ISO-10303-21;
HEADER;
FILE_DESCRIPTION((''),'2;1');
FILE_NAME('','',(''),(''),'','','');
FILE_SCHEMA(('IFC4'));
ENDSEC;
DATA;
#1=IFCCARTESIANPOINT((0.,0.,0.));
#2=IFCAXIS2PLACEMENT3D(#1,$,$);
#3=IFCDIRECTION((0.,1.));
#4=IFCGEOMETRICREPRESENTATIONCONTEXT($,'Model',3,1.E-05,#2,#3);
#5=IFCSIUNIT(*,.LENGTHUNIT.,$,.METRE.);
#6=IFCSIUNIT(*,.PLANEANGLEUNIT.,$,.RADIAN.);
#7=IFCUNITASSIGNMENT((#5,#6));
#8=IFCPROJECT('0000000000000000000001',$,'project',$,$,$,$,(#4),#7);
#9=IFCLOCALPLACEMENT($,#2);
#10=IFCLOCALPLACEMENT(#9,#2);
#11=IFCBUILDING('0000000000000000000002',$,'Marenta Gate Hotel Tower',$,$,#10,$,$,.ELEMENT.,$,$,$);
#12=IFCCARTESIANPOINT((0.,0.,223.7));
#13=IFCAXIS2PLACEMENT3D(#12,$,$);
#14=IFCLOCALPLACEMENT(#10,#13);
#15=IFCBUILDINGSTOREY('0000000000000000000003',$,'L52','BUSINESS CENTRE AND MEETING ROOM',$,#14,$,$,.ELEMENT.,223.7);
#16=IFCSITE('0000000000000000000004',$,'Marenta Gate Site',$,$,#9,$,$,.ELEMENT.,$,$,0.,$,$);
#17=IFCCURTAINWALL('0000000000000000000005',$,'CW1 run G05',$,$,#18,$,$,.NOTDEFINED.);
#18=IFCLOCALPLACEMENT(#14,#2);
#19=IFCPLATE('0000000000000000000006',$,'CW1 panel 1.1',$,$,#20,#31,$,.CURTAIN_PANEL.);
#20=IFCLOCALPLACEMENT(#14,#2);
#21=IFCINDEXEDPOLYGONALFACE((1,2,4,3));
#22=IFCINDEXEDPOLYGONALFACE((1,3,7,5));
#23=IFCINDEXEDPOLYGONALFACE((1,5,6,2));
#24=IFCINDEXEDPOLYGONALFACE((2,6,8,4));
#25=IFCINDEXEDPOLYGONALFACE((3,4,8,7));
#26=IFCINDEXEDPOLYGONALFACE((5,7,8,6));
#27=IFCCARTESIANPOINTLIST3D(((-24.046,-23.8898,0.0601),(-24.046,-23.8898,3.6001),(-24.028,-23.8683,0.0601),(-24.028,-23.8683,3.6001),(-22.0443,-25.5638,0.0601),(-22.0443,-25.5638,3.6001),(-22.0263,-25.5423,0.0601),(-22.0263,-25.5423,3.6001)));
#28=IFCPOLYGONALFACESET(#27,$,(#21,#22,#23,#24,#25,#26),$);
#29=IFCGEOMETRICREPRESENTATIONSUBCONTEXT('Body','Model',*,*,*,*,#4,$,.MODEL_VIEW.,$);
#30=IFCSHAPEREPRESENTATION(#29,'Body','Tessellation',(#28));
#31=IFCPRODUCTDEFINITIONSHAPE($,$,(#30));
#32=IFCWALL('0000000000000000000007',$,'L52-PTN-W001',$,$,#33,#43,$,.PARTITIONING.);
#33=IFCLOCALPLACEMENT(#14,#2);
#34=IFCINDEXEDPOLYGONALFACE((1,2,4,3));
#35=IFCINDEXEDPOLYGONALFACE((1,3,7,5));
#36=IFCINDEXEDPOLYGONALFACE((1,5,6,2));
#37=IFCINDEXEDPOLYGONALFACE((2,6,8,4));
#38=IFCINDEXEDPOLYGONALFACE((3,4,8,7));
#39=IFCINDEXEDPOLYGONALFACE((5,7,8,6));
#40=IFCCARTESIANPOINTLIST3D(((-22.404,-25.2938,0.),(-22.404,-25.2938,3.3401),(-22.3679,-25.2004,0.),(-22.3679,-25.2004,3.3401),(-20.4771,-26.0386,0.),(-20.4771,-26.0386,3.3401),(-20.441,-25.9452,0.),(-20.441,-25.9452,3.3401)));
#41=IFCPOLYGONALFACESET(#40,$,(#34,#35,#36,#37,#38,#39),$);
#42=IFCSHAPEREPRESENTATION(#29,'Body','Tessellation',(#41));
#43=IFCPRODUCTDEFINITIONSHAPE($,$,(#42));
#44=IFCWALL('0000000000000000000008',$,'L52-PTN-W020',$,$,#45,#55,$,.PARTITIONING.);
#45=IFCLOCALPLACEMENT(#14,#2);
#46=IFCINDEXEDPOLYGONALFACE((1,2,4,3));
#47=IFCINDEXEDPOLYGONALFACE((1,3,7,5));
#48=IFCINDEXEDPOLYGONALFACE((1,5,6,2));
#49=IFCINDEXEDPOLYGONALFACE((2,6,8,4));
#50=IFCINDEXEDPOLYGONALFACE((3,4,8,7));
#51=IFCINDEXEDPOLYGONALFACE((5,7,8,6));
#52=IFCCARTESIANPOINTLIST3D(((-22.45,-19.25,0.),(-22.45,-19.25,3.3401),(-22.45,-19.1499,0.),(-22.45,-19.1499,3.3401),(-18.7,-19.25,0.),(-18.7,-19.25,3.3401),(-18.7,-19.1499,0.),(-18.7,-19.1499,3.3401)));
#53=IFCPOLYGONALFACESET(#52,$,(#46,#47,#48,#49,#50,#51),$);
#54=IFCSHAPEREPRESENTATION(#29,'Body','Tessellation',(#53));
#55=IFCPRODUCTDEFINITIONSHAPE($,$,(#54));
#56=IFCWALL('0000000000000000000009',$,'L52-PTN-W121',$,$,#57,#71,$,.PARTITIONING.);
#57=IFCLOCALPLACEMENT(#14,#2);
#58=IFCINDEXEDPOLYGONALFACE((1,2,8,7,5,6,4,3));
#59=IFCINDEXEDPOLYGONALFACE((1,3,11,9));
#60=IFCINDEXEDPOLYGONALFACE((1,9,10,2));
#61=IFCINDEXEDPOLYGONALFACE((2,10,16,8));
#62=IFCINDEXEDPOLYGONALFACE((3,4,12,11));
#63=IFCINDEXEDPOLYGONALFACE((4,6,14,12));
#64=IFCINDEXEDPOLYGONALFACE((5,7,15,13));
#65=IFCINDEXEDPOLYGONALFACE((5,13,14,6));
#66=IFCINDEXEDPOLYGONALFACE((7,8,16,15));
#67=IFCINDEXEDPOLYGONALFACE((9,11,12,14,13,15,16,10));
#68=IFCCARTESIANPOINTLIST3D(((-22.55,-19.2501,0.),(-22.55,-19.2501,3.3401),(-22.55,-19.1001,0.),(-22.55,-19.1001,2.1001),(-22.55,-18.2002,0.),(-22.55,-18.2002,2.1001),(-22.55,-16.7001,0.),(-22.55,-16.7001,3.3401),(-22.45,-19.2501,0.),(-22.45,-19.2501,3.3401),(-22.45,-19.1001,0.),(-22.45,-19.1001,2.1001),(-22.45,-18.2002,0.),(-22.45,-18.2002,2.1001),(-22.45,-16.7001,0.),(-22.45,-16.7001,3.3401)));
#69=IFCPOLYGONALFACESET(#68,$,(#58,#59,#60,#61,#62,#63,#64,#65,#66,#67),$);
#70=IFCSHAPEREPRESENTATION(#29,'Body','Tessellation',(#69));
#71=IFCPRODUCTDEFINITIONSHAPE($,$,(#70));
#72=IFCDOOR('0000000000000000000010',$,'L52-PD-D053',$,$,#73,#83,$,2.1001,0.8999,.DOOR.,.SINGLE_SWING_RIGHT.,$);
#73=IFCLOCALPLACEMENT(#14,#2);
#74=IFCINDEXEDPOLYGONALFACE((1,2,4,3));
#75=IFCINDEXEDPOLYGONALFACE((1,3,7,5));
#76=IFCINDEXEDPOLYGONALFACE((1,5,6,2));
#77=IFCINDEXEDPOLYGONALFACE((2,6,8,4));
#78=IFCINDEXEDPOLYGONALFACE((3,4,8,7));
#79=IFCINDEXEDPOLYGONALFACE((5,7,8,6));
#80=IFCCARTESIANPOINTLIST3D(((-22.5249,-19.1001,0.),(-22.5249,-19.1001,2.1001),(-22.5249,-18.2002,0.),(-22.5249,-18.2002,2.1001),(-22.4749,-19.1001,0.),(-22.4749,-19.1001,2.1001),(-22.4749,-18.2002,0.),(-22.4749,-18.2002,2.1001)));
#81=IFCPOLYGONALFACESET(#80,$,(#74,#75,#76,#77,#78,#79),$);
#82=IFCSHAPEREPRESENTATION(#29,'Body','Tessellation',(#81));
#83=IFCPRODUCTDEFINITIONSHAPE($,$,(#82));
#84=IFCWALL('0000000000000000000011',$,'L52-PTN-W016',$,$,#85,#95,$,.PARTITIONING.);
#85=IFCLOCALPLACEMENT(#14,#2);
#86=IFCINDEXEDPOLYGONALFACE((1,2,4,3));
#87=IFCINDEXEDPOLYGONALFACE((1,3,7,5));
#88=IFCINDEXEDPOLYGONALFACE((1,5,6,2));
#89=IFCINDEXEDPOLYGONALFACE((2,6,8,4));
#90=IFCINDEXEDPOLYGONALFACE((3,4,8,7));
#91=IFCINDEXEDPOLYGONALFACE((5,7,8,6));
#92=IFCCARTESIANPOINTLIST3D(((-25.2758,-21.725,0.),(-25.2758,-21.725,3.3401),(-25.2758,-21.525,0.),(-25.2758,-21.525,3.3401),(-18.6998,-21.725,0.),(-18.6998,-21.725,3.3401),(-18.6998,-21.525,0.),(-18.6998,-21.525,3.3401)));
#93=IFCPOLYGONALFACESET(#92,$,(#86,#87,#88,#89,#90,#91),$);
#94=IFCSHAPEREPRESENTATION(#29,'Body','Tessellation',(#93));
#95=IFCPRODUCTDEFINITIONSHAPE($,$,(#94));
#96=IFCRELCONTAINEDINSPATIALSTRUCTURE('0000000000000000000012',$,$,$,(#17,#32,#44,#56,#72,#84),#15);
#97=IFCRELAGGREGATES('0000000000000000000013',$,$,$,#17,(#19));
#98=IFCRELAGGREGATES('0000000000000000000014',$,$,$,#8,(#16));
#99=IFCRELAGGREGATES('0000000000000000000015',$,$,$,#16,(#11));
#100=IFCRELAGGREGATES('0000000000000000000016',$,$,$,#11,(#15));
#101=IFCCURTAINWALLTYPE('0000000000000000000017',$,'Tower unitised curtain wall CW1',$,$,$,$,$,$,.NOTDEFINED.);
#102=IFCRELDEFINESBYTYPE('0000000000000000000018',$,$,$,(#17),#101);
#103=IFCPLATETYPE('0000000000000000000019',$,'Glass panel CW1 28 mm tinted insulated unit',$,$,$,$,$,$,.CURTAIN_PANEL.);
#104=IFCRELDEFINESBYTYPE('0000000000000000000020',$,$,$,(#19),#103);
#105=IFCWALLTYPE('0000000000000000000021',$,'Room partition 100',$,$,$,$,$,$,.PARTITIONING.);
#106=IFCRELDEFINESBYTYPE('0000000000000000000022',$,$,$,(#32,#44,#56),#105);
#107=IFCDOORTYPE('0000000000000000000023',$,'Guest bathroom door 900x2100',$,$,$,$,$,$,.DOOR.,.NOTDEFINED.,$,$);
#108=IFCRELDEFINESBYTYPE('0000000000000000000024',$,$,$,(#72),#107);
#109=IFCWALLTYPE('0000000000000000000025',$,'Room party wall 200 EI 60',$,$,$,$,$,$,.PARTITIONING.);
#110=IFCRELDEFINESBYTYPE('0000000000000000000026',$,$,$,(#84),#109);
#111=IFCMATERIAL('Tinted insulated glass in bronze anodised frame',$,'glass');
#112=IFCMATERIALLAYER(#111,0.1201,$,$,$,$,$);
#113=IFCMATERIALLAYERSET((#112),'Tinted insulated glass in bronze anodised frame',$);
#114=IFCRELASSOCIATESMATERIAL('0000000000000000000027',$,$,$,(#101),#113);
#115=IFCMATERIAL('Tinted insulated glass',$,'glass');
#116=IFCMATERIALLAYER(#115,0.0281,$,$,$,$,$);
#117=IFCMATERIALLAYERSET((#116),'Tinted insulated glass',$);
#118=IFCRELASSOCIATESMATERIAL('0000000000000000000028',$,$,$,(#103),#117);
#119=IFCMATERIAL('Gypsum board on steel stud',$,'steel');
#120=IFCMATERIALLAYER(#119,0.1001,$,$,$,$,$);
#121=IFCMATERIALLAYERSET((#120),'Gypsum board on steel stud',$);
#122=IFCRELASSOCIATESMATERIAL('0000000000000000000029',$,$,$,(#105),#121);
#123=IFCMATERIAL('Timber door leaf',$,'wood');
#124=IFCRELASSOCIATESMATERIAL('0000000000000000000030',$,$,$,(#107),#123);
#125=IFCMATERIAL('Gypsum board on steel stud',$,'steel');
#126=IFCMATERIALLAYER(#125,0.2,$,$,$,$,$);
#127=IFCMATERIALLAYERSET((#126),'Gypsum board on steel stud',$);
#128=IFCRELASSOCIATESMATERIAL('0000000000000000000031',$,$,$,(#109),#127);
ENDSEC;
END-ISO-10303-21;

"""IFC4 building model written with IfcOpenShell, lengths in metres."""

from ifc_helpers import new_model, si_unit, direction, frame, frame_2d, origin, origin_2d, place, context, subcontext, project, spatial, rectangle, extrude, material, layer, layer_set, type_object, element, fill, aggregate, save


model = new_model("IFC4")

# Units and contexts
model_context = context("Model", 3, precision=1e-05, world=origin(), true_north=direction((0.0, 1.0)))
body_context = subcontext(model_context, "Body", "Model", "MODEL_VIEW")
ifc_project = project(units=[si_unit("LENGTHUNIT", "METRE"), si_unit("PLANEANGLEUNIT", "RADIAN")], contexts=[model_context])

# Site, building, storey
site_placement = place(None, origin())
site = spatial("IfcSite", under=ifc_project, at=site_placement, Name="Marenta Gate Site", CompositionType="ELEMENT", RefElevation=0.0)
building_placement = place(site_placement, origin())
building = spatial("IfcBuilding", under=site, at=building_placement, Name="Marenta Gate Hotel Tower", CompositionType="ELEMENT")
storey_placement = place(building_placement, frame((0.0, 0.0, 223.7)))
storey = spatial("IfcBuildingStorey", under=building, at=storey_placement, Name="L52", Description="BUSINESS CENTRE AND MEETING ROOM", CompositionType="ELEMENT", Elevation=223.7)

# Curtain wall
ifc_material_1 = material(Name="Tinted insulated glass in bronze anodised frame", Category="glass")
ifc_layer_1 = layer(ifc_material_1, 0.1201)
ifc_layer_set_1 = layer_set([ifc_layer_1], Name="Tinted insulated glass in bronze anodised frame")
curtain_wall_type = type_object("IfcCurtainWallType", Name="Tower unitised curtain wall CW1", PredefinedType="NOTDEFINED", material=ifc_layer_set_1)
curtain_wall_1_placement = place(storey_placement, origin())
curtain_wall_1 = element("IfcCurtainWall", 1, at=curtain_wall_1_placement, inside=storey, type_object=curtain_wall_type, Name="CW1 run G05", PredefinedType="NOTDEFINED")

# Plate
ifc_material_2 = material(Name="Tinted insulated glass", Category="glass")
ifc_layer_2 = layer(ifc_material_2, 0.0281)
ifc_layer_set_2 = layer_set([ifc_layer_2], Name="Tinted insulated glass")
plate_type = type_object("IfcPlateType", Name="Glass panel CW1 28 mm tinted insulated unit", PredefinedType="CURTAIN_PANEL", material=ifc_layer_set_2)
plate_1_placement = place(storey_placement, frame((-23.0361, -24.7161, 0.0601), z_axis=(0.0, 0.0, 1.0), x_axis=(0.767102, -0.641525, 0.0)))
plate_1 = element("IfcPlate", 2, at=plate_1_placement, type_object=plate_type, Name="CW1 panel 1.1", PredefinedType="CURTAIN_PANEL", context=body_context, shape_type="SweptSolid", body=[
    extrude(rectangle(XDim=2.6094, YDim=0.0281, at=origin_2d()), origin(), (0.0, 0.0, 1.0), 3.54),
])
aggregate(curtain_wall_1, [plate_1])

# Walls
ifc_material_3 = material(Name="Gypsum board on steel stud", Category="steel")
ifc_layer_3 = layer(ifc_material_3, 0.1001)
ifc_layer_set_3 = layer_set([ifc_layer_3], Name="Gypsum board on steel stud")
wall_type_1 = type_object("IfcWallType", Name="Room partition 100", PredefinedType="PARTITIONING", material=ifc_layer_set_3)
wall_1_placement = place(storey_placement, frame((-22.386, -25.2471, 0.0), z_axis=(0.0, 0.0, 1.0), x_axis=(0.932741, -0.360546, 0.0)))
element("IfcWall", 3, at=wall_1_placement, inside=storey, type_object=wall_type_1, Name="L52-PTN-W001", PredefinedType="PARTITIONING", context=body_context, shape_type="SweptSolid", body=[
    extrude(rectangle(XDim=2.0659, YDim=0.1001, at=frame_2d((1.033, 0.0))), origin(), (0.0, 0.0, 1.0), 3.3401),
])
wall_2_placement = place(storey_placement, frame((-22.45, -19.2, 0.0), z_axis=(0.0, 0.0, 1.0), x_axis=(1.0, 0.0, 0.0)))
element("IfcWall", 4, at=wall_2_placement, inside=storey, type_object=wall_type_1, Name="L52-PTN-W020", PredefinedType="PARTITIONING", context=body_context, shape_type="SweptSolid", body=[
    extrude(rectangle(XDim=3.75, YDim=0.1001, at=frame_2d((1.875, 0.0))), origin(), (0.0, 0.0, 1.0), 3.3401),
])

# Wall, opening, door
wall_3_placement = place(storey_placement, frame((-22.5, -19.25, 0.0), z_axis=(0.0, 0.0, 1.0), x_axis=(0.0, 1.0, 0.0)))
wall_3 = element("IfcWall", 5, at=wall_3_placement, inside=storey, type_object=wall_type_1, Name="L52-PTN-W121", PredefinedType="PARTITIONING", context=body_context, shape_type="SweptSolid", body=[
    extrude(rectangle(XDim=2.55, YDim=0.1001, at=frame_2d((1.2749, 0.0))), origin(), (0.0, 0.0, 1.0), 3.3401),
])
opening_placement = place(wall_3_placement, frame((0.1499, 0.0, 0.0)))
opening = element("IfcOpeningElement", 6, at=opening_placement, cuts=wall_3, PredefinedType="OPENING", context=body_context, shape_type="SweptSolid", body=[
    extrude(rectangle(XDim=0.8999, YDim=2.1001, at=frame_2d((0.45, 1.05))), frame((0.0, 0.05, 0.0), z_axis=(0.0, -1.0, 0.0), x_axis=(1.0, 0.0, 0.0)), (0.0, 0.0, 1.0), 0.1001),
])
ifc_material_4 = material(Name="Timber door leaf", Category="wood")
door_type = type_object("IfcDoorType", Name="Guest bathroom door 900x2100", OperationType="NOTDEFINED", PredefinedType="DOOR", material=ifc_material_4)
door_placement = place(opening_placement, origin())
door = element("IfcDoor", 7, at=door_placement, inside=storey, type_object=door_type, Name="L52-PD-D053", OperationType="SINGLE_SWING_RIGHT", OverallHeight=2.1001, OverallWidth=0.8999, PredefinedType="DOOR", context=body_context, shape_type="SweptSolid", body=[
    extrude(rectangle(XDim=0.8999, YDim=2.1001, at=frame_2d((0.45, 1.05))), frame((0.0, 0.0249, 0.0), z_axis=(0.0, -1.0, 0.0), x_axis=(1.0, 0.0, 0.0)), (0.0, 0.0, 1.0), 0.05),
])
fill(opening, door)

# Wall
ifc_material_5 = material(Name="Gypsum board on steel stud", Category="steel")
ifc_layer_4 = layer(ifc_material_5, 0.2)
ifc_layer_set_4 = layer_set([ifc_layer_4], Name="Gypsum board on steel stud")
wall_type_2 = type_object("IfcWallType", Name="Room party wall 200 EI 60", PredefinedType="PARTITIONING", material=ifc_layer_set_4)
wall_4_placement = place(storey_placement, frame((-25.2759, -21.625, 0.0), z_axis=(0.0, 0.0, 1.0), x_axis=(1.0, 0.0, 0.0)))
element("IfcWall", 8, at=wall_4_placement, inside=storey, type_object=wall_type_2, Name="L52-PTN-W016", PredefinedType="PARTITIONING", context=body_context, shape_type="SweptSolid", body=[
    extrude(rectangle(XDim=6.5759, YDim=0.2, at=frame_2d((3.2881, 0.0))), origin(), (0.0, 0.0, 1.0), 3.3401),
])

save(model, "model.ifc")
